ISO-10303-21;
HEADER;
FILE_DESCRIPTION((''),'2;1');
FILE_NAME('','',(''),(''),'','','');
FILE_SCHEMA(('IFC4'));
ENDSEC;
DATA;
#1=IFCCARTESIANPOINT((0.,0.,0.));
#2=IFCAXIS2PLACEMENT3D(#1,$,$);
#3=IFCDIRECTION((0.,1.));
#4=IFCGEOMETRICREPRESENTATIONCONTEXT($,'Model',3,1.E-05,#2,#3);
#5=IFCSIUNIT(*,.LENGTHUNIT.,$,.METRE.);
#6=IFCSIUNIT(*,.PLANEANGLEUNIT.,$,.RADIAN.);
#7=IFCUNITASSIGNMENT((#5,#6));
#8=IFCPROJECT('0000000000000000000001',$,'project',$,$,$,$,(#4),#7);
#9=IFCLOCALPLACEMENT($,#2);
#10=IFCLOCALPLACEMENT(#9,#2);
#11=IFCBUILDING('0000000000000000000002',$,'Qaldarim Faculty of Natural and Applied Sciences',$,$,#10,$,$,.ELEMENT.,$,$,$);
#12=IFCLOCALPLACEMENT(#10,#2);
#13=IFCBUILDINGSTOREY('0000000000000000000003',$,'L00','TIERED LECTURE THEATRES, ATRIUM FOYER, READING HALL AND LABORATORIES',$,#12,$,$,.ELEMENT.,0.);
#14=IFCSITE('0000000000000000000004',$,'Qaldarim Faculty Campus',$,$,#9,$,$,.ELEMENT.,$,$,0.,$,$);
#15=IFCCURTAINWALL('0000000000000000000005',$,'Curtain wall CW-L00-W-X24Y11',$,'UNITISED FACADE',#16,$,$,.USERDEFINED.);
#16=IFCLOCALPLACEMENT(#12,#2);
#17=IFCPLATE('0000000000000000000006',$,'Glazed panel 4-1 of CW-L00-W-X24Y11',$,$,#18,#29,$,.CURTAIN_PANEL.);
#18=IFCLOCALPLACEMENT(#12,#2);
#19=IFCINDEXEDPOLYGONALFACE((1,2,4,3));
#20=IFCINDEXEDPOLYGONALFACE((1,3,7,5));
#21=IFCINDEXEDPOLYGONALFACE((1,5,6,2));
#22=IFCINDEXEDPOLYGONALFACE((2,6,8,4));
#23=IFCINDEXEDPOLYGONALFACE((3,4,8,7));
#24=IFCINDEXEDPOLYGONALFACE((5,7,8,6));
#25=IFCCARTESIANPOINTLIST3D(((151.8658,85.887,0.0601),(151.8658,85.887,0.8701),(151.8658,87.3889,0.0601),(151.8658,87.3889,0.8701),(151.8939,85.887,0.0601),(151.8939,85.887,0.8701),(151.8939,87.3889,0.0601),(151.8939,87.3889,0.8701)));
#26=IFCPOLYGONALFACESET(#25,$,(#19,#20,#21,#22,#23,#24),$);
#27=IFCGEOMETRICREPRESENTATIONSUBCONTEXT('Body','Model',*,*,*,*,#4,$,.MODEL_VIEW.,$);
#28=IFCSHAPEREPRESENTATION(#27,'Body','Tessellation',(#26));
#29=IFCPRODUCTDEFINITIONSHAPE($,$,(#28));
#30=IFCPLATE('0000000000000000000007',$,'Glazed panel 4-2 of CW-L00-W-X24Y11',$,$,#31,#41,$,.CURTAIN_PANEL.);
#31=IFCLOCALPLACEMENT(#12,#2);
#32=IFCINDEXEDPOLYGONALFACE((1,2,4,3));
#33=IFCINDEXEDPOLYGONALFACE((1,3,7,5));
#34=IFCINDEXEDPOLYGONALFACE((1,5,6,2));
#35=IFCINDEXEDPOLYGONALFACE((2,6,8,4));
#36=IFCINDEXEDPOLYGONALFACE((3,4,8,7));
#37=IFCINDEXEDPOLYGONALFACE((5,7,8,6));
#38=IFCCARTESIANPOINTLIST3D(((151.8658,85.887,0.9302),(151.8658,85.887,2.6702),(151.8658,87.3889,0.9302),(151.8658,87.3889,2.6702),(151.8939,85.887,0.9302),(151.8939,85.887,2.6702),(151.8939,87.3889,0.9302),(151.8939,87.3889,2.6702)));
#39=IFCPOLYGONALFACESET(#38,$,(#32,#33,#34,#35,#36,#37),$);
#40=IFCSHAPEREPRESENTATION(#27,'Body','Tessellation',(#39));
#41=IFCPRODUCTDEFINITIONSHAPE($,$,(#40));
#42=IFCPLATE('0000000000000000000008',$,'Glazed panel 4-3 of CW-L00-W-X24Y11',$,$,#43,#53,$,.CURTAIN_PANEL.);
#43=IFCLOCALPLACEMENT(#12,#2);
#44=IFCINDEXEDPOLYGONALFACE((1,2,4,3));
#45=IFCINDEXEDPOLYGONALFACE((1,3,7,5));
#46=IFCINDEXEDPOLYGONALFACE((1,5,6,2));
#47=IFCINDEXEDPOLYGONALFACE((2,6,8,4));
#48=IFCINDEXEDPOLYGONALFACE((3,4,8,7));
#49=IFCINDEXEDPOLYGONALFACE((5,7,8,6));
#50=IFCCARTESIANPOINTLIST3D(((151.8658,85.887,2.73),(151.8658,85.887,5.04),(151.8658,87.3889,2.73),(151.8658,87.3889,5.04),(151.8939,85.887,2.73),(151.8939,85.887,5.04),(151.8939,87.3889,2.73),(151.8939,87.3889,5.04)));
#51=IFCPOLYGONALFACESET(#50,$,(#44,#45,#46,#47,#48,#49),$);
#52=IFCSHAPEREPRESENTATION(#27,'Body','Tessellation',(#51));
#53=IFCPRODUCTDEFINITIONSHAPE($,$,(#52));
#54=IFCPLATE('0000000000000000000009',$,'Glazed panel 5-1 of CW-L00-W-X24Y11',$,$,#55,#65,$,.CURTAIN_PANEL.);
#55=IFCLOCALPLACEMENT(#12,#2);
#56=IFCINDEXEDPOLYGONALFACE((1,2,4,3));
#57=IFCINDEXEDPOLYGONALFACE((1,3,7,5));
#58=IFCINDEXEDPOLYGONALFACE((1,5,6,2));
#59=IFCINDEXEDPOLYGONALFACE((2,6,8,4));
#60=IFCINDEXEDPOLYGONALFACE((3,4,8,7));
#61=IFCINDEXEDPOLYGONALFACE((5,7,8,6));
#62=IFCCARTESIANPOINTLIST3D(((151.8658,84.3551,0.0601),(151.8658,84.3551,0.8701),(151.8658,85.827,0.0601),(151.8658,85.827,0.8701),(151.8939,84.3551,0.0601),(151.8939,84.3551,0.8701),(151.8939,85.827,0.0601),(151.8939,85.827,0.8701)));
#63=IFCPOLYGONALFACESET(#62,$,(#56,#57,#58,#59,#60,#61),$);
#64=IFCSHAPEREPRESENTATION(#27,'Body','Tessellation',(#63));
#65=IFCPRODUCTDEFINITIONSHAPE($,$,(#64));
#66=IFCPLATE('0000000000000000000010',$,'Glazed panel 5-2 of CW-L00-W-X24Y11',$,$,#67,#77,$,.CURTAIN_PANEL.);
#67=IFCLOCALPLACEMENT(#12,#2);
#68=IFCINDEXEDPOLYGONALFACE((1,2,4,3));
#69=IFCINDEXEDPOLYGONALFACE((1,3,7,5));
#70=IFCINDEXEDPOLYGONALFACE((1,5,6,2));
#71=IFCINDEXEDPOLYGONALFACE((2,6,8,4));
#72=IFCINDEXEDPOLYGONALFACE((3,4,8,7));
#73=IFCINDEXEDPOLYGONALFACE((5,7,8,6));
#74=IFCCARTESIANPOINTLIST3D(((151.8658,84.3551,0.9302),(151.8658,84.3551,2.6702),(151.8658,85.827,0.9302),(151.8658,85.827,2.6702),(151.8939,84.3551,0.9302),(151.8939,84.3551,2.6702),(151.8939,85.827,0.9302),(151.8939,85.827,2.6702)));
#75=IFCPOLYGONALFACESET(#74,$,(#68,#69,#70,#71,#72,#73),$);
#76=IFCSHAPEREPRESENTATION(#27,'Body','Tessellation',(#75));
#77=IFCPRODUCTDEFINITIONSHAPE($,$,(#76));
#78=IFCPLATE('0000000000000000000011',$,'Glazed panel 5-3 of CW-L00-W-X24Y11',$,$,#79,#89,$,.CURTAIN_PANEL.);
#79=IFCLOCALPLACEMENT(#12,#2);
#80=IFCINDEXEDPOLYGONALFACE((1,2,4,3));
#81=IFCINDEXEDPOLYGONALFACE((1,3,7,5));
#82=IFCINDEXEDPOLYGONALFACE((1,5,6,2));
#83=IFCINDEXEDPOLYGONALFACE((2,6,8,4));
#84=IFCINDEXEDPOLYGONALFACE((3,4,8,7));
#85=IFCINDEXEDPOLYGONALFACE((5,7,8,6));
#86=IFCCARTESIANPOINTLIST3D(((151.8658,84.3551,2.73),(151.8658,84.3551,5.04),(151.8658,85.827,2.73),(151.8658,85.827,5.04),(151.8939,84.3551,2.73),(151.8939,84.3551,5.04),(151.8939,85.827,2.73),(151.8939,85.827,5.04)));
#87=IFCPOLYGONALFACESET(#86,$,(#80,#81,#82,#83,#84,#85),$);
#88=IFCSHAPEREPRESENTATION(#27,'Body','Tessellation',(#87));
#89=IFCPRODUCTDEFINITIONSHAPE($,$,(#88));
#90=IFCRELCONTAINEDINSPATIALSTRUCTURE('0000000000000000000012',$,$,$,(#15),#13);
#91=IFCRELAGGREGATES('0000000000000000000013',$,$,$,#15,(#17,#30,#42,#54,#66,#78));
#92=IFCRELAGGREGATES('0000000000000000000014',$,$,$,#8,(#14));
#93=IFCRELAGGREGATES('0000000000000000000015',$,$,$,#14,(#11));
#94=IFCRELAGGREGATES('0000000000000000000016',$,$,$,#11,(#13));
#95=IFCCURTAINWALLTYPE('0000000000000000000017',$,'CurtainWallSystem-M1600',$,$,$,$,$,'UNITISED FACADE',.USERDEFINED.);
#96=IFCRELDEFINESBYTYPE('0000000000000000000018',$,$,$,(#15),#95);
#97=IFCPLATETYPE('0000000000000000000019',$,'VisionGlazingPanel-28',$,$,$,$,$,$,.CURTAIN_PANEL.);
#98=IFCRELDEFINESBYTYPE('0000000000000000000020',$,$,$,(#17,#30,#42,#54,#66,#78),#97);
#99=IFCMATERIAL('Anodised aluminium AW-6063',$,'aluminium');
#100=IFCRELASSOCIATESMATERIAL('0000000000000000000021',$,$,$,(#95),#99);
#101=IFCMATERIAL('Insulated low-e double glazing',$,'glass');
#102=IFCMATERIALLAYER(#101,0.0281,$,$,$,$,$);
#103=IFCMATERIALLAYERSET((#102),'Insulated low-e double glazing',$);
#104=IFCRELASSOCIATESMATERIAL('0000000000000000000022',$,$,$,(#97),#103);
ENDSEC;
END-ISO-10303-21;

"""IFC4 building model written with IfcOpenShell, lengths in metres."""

from ifc_helpers import new_model, si_unit, direction, frame, origin, origin_2d, place, context, subcontext, project, spatial, rectangle, extrude, material, layer, layer_set, type_object, element, aggregate, save


model = new_model("IFC4")

# Units and contexts
model_context = context("Model", 3, precision=1e-05, world=origin(), true_north=direction((0.0, 1.0)))
body_context = subcontext(model_context, "Body", "Model", "MODEL_VIEW")
ifc_project = project(units=[si_unit("LENGTHUNIT", "METRE"), si_unit("PLANEANGLEUNIT", "RADIAN")], contexts=[model_context])

# Site, building, storey
site_placement = place(None, origin())
site = spatial("IfcSite", under=ifc_project, at=site_placement, Name="Qaldarim Faculty Campus", CompositionType="ELEMENT", RefElevation=0.0)
building_placement = place(site_placement, origin())
building = spatial("IfcBuilding", under=site, at=building_placement, Name="Qaldarim Faculty of Natural and Applied Sciences", CompositionType="ELEMENT")
storey_placement = place(building_placement, origin())
storey = spatial("IfcBuildingStorey", under=building, at=storey_placement, Name="L00", Description="TIERED LECTURE THEATRES, ATRIUM FOYER, READING HALL AND LABORATORIES", CompositionType="ELEMENT", Elevation=0.0)

# Curtain wall
ifc_material_1 = material(Name="Anodised aluminium AW-6063", Category="aluminium")
curtain_wall_type_1 = type_object("IfcCurtainWallType", Name="CurtainWallSystem-M1600", ElementType="UNITISED FACADE", PredefinedType="USERDEFINED", material=ifc_material_1)
curtain_wall_1_placement = place(storey_placement, origin())
curtain_wall_1 = element("IfcCurtainWall", 1, at=curtain_wall_1_placement, inside=storey, type_object=curtain_wall_type_1, Name="Curtain wall CW-L00-W-X24Y11", ObjectType="UNITISED FACADE", PredefinedType="USERDEFINED")

# Plates
ifc_material_2 = material(Name="Insulated low-e double glazing", Category="glass")
ifc_layer_1 = layer(ifc_material_2, 0.0281)
ifc_layer_set_1 = layer_set([ifc_layer_1], Name="Insulated low-e double glazing")
plate_type_1 = type_object("IfcPlateType", Name="VisionGlazingPanel-28", PredefinedType="CURTAIN_PANEL", material=ifc_layer_set_1)
plate_1_placement = place(storey_placement, frame((151.8799, 86.6379, 0.0601), z_axis=(0.0, 0.0, 1.0), x_axis=(0.0, -1.0, 0.0)))
plate_1 = element("IfcPlate", 2, at=plate_1_placement, type_object=plate_type_1, Name="Glazed panel 4-1 of CW-L00-W-X24Y11", PredefinedType="CURTAIN_PANEL", context=body_context, shape_type="SweptSolid", body=[
    extrude(rectangle(XDim=1.502, YDim=0.0281, at=origin_2d()), origin(), (0.0, 0.0, 1.0), 0.8101),
])
plate_2_placement = place(storey_placement, frame((151.8799, 86.6379, 0.9302), z_axis=(0.0, 0.0, 1.0), x_axis=(0.0, -1.0, 0.0)))
plate_2 = element("IfcPlate", 3, at=plate_2_placement, type_object=plate_type_1, Name="Glazed panel 4-2 of CW-L00-W-X24Y11", PredefinedType="CURTAIN_PANEL", context=body_context, shape_type="SweptSolid", body=[
    extrude(rectangle(XDim=1.502, YDim=0.0281, at=origin_2d()), origin(), (0.0, 0.0, 1.0), 1.74),
])
plate_3_placement = place(storey_placement, frame((151.8799, 86.6379, 2.73), z_axis=(0.0, 0.0, 1.0), x_axis=(0.0, -1.0, 0.0)))
plate_3 = element("IfcPlate", 4, at=plate_3_placement, type_object=plate_type_1, Name="Glazed panel 4-3 of CW-L00-W-X24Y11", PredefinedType="CURTAIN_PANEL", context=body_context, shape_type="SweptSolid", body=[
    extrude(rectangle(XDim=1.502, YDim=0.0281, at=origin_2d()), origin(), (0.0, 0.0, 1.0), 2.3101),
])
plate_4_placement = place(storey_placement, frame((151.8799, 85.0911, 0.0601), z_axis=(0.0, 0.0, 1.0), x_axis=(0.0, -1.0, 0.0)))
plate_4 = element("IfcPlate", 5, at=plate_4_placement, type_object=plate_type_1, Name="Glazed panel 5-1 of CW-L00-W-X24Y11", PredefinedType="CURTAIN_PANEL", context=body_context, shape_type="SweptSolid", body=[
    extrude(rectangle(XDim=1.4719, YDim=0.0281, at=origin_2d()), origin(), (0.0, 0.0, 1.0), 0.8101),
])
plate_5_placement = place(storey_placement, frame((151.8799, 85.0911, 0.9302), z_axis=(0.0, 0.0, 1.0), x_axis=(0.0, -1.0, 0.0)))
plate_5 = element("IfcPlate", 6, at=plate_5_placement, type_object=plate_type_1, Name="Glazed panel 5-2 of CW-L00-W-X24Y11", PredefinedType="CURTAIN_PANEL", context=body_context, shape_type="SweptSolid", body=[
    extrude(rectangle(XDim=1.4719, YDim=0.0281, at=origin_2d()), origin(), (0.0, 0.0, 1.0), 1.74),
])
plate_6_placement = place(storey_placement, frame((151.8799, 85.0911, 2.73), z_axis=(0.0, 0.0, 1.0), x_axis=(0.0, -1.0, 0.0)))
plate_6 = element("IfcPlate", 7, at=plate_6_placement, type_object=plate_type_1, Name="Glazed panel 5-3 of CW-L00-W-X24Y11", PredefinedType="CURTAIN_PANEL", context=body_context, shape_type="SweptSolid", body=[
    extrude(rectangle(XDim=1.4719, YDim=0.0281, at=origin_2d()), origin(), (0.0, 0.0, 1.0), 2.3101),
])
aggregate(curtain_wall_1, [plate_1, plate_2, plate_3, plate_4, plate_5, plate_6])

save(model, "model.ifc")
